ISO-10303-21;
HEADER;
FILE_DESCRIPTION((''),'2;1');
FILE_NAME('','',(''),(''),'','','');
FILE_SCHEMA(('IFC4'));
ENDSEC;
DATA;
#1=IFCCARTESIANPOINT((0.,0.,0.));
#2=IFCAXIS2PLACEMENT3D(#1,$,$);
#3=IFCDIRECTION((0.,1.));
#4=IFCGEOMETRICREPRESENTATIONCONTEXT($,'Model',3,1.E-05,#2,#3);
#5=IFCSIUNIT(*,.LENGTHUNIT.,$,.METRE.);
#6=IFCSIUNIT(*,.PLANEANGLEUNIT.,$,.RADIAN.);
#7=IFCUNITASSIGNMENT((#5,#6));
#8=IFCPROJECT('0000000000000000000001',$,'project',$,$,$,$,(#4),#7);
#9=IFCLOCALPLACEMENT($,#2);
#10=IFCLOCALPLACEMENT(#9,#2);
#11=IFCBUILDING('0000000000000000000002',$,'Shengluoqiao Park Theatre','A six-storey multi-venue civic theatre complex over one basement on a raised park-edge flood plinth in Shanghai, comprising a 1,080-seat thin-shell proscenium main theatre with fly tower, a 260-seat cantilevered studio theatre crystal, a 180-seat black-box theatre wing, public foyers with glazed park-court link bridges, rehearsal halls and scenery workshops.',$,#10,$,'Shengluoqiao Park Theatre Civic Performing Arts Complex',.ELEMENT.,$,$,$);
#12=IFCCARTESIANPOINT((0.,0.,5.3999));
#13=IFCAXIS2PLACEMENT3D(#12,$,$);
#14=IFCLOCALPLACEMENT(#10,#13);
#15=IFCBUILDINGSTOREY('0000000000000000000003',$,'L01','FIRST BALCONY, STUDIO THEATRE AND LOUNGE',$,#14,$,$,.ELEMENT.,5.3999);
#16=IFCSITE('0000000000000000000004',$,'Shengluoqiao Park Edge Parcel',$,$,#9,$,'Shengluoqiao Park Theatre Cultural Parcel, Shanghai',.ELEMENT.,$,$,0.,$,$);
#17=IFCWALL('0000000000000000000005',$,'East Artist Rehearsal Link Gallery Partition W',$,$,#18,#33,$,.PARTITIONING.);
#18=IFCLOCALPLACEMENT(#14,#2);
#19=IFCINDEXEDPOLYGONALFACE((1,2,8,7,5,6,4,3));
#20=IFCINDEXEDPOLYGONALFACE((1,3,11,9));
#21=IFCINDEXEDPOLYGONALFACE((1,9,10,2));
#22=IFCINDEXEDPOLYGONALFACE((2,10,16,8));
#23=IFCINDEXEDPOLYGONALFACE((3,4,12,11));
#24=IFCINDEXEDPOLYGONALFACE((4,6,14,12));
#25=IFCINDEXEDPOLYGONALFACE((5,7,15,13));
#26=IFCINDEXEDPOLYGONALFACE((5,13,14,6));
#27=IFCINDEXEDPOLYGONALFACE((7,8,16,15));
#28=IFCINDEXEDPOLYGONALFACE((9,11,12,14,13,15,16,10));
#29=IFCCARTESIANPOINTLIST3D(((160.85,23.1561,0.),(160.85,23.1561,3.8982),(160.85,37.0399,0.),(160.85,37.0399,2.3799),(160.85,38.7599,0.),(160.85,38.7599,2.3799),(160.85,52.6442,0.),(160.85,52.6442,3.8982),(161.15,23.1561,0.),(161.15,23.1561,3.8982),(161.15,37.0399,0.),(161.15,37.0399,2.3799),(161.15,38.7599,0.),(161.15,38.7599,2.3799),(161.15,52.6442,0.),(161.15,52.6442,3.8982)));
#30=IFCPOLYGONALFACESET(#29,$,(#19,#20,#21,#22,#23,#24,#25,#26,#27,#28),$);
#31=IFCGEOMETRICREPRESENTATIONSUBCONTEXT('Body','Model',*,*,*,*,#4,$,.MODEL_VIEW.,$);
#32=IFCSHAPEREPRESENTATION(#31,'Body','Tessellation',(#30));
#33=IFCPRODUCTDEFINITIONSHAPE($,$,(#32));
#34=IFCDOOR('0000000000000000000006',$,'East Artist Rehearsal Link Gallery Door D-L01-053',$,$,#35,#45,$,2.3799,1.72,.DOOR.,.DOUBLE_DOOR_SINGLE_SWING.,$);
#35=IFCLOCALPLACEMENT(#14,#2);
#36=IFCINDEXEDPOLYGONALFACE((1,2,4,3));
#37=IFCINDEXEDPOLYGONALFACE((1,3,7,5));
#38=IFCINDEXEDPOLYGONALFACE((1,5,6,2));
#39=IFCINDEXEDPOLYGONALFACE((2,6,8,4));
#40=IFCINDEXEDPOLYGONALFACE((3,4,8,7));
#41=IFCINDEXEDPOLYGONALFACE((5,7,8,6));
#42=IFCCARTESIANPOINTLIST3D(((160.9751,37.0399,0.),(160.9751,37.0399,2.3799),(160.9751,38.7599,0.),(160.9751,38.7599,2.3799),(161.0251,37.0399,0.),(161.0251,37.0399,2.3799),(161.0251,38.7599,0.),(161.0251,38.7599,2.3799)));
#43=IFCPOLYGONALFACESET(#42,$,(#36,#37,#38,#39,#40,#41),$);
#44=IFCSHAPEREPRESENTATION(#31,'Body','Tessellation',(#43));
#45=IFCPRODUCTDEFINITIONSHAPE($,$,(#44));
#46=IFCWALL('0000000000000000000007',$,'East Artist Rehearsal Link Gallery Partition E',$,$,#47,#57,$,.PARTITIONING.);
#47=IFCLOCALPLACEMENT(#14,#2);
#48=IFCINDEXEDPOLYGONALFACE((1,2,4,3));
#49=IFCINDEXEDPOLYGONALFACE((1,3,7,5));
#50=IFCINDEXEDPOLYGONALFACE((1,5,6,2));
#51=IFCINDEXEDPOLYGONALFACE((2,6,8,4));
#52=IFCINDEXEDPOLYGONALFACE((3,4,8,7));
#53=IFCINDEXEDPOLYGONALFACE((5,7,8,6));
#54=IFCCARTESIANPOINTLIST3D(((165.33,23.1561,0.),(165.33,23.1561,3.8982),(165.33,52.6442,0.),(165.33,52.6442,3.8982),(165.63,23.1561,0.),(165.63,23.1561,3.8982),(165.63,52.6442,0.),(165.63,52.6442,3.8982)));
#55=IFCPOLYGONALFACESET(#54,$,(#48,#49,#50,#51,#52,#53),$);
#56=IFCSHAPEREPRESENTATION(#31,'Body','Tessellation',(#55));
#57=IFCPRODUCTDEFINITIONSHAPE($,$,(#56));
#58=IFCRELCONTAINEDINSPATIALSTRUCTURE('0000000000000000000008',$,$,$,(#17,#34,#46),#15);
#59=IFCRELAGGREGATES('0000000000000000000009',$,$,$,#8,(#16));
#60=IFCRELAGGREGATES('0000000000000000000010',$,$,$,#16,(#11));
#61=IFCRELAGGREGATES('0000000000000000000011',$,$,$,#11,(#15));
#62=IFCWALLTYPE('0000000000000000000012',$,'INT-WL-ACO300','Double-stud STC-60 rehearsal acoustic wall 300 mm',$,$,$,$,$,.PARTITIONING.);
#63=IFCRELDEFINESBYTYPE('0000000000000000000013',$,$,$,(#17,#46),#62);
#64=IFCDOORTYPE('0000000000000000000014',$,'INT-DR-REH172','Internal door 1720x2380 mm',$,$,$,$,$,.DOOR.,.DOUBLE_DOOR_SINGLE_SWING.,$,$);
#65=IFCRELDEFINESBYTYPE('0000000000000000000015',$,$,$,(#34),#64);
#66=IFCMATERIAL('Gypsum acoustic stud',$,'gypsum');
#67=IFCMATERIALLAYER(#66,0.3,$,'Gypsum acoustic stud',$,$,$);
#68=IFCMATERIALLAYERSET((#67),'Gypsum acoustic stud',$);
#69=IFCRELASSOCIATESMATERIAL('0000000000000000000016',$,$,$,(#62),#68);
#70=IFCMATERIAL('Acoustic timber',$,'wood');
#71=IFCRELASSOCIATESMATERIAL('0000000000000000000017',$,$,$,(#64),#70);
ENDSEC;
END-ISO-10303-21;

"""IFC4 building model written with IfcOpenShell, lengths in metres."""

from ifc_helpers import new_model, si_unit, direction, frame, frame_2d, origin, place, context, subcontext, project, spatial, rectangle, extrude, material, layer, layer_set, type_object, element, fill, save


model = new_model("IFC4")

# Units and contexts
model_context = context("Model", 3, precision=1e-05, world=origin(), true_north=direction((0.0, 1.0)))
body_context = subcontext(model_context, "Body", "Model", "MODEL_VIEW")
ifc_project = project(units=[si_unit("LENGTHUNIT", "METRE"), si_unit("PLANEANGLEUNIT", "RADIAN")], contexts=[model_context])

# Site, building, storey
site_placement = place(None, origin())
site = spatial("IfcSite", under=ifc_project, at=site_placement, Name="Shengluoqiao Park Edge Parcel", LongName="Shengluoqiao Park Theatre Cultural Parcel, Shanghai", CompositionType="ELEMENT", RefElevation=0.0)
building_placement = place(site_placement, origin())
building = spatial("IfcBuilding", under=site, at=building_placement, Name="Shengluoqiao Park Theatre", Description="A six-storey multi-venue civic theatre complex over one basement on a raised park-edge flood plinth in Shanghai, comprising a 1,080-seat thin-shell proscenium main theatre with fly tower, a 260-seat cantilevered studio theatre crystal, a 180-seat black-box theatre wing, public foyers with glazed park-court link bridges, rehearsal halls and scenery workshops.", LongName="Shengluoqiao Park Theatre Civic Performing Arts Complex", CompositionType="ELEMENT")
storey_placement = place(building_placement, frame((0.0, 0.0, 5.3999)))
storey = spatial("IfcBuildingStorey", under=building, at=storey_placement, Name="L01", Description="FIRST BALCONY, STUDIO THEATRE AND LOUNGE", CompositionType="ELEMENT", Elevation=5.3999)

# Shared definitions
ifc_material_1 = material(Name="Gypsum acoustic stud", Category="gypsum")
ifc_layer_1 = layer(ifc_material_1, 0.3, Name="Gypsum acoustic stud")
ifc_layer_set_1 = layer_set([ifc_layer_1], Name="Gypsum acoustic stud")
wall_type_1 = type_object("IfcWallType", Name="INT-WL-ACO300", Description="Double-stud STC-60 rehearsal acoustic wall 300 mm", PredefinedType="PARTITIONING", material=ifc_layer_set_1)

# Wall, opening, door
wall_1_placement = place(storey_placement, frame((161.0, 23.156, 0.0), z_axis=(0.0, 0.0, 1.0), x_axis=(0.0, 1.0, 0.0)))
wall_1 = element("IfcWall", 1, at=wall_1_placement, inside=storey, type_object=wall_type_1, Name="East Artist Rehearsal Link Gallery Partition W", PredefinedType="PARTITIONING", context=body_context, shape_type="SweptSolid", body=[
    extrude(rectangle(XDim=29.488, YDim=0.3, at=frame_2d((14.7441, 0.0))), origin(), (0.0, 0.0, 1.0), 3.8982),
])
opening_1_placement = place(wall_1_placement, frame((13.884, 0.0, 0.0)))
opening_1 = element("IfcOpeningElement", 2, at=opening_1_placement, cuts=wall_1, PredefinedType="OPENING", context=body_context, shape_type="SweptSolid", body=[
    extrude(rectangle(XDim=1.72, YDim=2.3799, at=frame_2d((0.8599, 1.1899))), frame((0.0, 0.1599, 0.0), z_axis=(0.0, -1.0, 0.0), x_axis=(1.0, 0.0, 0.0)), (0.0, 0.0, 1.0), 0.3201),
])
ifc_material_2 = material(Name="Acoustic timber", Category="wood")
door_type = type_object("IfcDoorType", Name="INT-DR-REH172", Description="Internal door 1720x2380 mm", OperationType="DOUBLE_DOOR_SINGLE_SWING", PredefinedType="DOOR", material=ifc_material_2)
door_placement = place(opening_1_placement, origin())
door = element("IfcDoor", 3, at=door_placement, inside=storey, type_object=door_type, Name="East Artist Rehearsal Link Gallery Door D-L01-053", OperationType="DOUBLE_DOOR_SINGLE_SWING", OverallHeight=2.3799, OverallWidth=1.72, PredefinedType="DOOR", context=body_context, shape_type="SweptSolid", body=[
    extrude(rectangle(XDim=1.72, YDim=2.3799, at=frame_2d((0.8599, 1.1899))), frame((0.0, 0.0249, 0.0), z_axis=(0.0, -1.0, 0.0), x_axis=(1.0, 0.0, 0.0)), (0.0, 0.0, 1.0), 0.05),
])
fill(opening_1, door)

# Wall
wall_2_placement = place(storey_placement, frame((165.48, 23.156, 0.0), z_axis=(0.0, 0.0, 1.0), x_axis=(0.0, 1.0, 0.0)))
element("IfcWall", 4, at=wall_2_placement, inside=storey, type_object=wall_type_1, Name="East Artist Rehearsal Link Gallery Partition E", PredefinedType="PARTITIONING", context=body_context, shape_type="SweptSolid", body=[
    extrude(rectangle(XDim=29.488, YDim=0.3, at=frame_2d((14.7441, 0.0))), origin(), (0.0, 0.0, 1.0), 3.8982),
])

save(model, "model.ifc")
